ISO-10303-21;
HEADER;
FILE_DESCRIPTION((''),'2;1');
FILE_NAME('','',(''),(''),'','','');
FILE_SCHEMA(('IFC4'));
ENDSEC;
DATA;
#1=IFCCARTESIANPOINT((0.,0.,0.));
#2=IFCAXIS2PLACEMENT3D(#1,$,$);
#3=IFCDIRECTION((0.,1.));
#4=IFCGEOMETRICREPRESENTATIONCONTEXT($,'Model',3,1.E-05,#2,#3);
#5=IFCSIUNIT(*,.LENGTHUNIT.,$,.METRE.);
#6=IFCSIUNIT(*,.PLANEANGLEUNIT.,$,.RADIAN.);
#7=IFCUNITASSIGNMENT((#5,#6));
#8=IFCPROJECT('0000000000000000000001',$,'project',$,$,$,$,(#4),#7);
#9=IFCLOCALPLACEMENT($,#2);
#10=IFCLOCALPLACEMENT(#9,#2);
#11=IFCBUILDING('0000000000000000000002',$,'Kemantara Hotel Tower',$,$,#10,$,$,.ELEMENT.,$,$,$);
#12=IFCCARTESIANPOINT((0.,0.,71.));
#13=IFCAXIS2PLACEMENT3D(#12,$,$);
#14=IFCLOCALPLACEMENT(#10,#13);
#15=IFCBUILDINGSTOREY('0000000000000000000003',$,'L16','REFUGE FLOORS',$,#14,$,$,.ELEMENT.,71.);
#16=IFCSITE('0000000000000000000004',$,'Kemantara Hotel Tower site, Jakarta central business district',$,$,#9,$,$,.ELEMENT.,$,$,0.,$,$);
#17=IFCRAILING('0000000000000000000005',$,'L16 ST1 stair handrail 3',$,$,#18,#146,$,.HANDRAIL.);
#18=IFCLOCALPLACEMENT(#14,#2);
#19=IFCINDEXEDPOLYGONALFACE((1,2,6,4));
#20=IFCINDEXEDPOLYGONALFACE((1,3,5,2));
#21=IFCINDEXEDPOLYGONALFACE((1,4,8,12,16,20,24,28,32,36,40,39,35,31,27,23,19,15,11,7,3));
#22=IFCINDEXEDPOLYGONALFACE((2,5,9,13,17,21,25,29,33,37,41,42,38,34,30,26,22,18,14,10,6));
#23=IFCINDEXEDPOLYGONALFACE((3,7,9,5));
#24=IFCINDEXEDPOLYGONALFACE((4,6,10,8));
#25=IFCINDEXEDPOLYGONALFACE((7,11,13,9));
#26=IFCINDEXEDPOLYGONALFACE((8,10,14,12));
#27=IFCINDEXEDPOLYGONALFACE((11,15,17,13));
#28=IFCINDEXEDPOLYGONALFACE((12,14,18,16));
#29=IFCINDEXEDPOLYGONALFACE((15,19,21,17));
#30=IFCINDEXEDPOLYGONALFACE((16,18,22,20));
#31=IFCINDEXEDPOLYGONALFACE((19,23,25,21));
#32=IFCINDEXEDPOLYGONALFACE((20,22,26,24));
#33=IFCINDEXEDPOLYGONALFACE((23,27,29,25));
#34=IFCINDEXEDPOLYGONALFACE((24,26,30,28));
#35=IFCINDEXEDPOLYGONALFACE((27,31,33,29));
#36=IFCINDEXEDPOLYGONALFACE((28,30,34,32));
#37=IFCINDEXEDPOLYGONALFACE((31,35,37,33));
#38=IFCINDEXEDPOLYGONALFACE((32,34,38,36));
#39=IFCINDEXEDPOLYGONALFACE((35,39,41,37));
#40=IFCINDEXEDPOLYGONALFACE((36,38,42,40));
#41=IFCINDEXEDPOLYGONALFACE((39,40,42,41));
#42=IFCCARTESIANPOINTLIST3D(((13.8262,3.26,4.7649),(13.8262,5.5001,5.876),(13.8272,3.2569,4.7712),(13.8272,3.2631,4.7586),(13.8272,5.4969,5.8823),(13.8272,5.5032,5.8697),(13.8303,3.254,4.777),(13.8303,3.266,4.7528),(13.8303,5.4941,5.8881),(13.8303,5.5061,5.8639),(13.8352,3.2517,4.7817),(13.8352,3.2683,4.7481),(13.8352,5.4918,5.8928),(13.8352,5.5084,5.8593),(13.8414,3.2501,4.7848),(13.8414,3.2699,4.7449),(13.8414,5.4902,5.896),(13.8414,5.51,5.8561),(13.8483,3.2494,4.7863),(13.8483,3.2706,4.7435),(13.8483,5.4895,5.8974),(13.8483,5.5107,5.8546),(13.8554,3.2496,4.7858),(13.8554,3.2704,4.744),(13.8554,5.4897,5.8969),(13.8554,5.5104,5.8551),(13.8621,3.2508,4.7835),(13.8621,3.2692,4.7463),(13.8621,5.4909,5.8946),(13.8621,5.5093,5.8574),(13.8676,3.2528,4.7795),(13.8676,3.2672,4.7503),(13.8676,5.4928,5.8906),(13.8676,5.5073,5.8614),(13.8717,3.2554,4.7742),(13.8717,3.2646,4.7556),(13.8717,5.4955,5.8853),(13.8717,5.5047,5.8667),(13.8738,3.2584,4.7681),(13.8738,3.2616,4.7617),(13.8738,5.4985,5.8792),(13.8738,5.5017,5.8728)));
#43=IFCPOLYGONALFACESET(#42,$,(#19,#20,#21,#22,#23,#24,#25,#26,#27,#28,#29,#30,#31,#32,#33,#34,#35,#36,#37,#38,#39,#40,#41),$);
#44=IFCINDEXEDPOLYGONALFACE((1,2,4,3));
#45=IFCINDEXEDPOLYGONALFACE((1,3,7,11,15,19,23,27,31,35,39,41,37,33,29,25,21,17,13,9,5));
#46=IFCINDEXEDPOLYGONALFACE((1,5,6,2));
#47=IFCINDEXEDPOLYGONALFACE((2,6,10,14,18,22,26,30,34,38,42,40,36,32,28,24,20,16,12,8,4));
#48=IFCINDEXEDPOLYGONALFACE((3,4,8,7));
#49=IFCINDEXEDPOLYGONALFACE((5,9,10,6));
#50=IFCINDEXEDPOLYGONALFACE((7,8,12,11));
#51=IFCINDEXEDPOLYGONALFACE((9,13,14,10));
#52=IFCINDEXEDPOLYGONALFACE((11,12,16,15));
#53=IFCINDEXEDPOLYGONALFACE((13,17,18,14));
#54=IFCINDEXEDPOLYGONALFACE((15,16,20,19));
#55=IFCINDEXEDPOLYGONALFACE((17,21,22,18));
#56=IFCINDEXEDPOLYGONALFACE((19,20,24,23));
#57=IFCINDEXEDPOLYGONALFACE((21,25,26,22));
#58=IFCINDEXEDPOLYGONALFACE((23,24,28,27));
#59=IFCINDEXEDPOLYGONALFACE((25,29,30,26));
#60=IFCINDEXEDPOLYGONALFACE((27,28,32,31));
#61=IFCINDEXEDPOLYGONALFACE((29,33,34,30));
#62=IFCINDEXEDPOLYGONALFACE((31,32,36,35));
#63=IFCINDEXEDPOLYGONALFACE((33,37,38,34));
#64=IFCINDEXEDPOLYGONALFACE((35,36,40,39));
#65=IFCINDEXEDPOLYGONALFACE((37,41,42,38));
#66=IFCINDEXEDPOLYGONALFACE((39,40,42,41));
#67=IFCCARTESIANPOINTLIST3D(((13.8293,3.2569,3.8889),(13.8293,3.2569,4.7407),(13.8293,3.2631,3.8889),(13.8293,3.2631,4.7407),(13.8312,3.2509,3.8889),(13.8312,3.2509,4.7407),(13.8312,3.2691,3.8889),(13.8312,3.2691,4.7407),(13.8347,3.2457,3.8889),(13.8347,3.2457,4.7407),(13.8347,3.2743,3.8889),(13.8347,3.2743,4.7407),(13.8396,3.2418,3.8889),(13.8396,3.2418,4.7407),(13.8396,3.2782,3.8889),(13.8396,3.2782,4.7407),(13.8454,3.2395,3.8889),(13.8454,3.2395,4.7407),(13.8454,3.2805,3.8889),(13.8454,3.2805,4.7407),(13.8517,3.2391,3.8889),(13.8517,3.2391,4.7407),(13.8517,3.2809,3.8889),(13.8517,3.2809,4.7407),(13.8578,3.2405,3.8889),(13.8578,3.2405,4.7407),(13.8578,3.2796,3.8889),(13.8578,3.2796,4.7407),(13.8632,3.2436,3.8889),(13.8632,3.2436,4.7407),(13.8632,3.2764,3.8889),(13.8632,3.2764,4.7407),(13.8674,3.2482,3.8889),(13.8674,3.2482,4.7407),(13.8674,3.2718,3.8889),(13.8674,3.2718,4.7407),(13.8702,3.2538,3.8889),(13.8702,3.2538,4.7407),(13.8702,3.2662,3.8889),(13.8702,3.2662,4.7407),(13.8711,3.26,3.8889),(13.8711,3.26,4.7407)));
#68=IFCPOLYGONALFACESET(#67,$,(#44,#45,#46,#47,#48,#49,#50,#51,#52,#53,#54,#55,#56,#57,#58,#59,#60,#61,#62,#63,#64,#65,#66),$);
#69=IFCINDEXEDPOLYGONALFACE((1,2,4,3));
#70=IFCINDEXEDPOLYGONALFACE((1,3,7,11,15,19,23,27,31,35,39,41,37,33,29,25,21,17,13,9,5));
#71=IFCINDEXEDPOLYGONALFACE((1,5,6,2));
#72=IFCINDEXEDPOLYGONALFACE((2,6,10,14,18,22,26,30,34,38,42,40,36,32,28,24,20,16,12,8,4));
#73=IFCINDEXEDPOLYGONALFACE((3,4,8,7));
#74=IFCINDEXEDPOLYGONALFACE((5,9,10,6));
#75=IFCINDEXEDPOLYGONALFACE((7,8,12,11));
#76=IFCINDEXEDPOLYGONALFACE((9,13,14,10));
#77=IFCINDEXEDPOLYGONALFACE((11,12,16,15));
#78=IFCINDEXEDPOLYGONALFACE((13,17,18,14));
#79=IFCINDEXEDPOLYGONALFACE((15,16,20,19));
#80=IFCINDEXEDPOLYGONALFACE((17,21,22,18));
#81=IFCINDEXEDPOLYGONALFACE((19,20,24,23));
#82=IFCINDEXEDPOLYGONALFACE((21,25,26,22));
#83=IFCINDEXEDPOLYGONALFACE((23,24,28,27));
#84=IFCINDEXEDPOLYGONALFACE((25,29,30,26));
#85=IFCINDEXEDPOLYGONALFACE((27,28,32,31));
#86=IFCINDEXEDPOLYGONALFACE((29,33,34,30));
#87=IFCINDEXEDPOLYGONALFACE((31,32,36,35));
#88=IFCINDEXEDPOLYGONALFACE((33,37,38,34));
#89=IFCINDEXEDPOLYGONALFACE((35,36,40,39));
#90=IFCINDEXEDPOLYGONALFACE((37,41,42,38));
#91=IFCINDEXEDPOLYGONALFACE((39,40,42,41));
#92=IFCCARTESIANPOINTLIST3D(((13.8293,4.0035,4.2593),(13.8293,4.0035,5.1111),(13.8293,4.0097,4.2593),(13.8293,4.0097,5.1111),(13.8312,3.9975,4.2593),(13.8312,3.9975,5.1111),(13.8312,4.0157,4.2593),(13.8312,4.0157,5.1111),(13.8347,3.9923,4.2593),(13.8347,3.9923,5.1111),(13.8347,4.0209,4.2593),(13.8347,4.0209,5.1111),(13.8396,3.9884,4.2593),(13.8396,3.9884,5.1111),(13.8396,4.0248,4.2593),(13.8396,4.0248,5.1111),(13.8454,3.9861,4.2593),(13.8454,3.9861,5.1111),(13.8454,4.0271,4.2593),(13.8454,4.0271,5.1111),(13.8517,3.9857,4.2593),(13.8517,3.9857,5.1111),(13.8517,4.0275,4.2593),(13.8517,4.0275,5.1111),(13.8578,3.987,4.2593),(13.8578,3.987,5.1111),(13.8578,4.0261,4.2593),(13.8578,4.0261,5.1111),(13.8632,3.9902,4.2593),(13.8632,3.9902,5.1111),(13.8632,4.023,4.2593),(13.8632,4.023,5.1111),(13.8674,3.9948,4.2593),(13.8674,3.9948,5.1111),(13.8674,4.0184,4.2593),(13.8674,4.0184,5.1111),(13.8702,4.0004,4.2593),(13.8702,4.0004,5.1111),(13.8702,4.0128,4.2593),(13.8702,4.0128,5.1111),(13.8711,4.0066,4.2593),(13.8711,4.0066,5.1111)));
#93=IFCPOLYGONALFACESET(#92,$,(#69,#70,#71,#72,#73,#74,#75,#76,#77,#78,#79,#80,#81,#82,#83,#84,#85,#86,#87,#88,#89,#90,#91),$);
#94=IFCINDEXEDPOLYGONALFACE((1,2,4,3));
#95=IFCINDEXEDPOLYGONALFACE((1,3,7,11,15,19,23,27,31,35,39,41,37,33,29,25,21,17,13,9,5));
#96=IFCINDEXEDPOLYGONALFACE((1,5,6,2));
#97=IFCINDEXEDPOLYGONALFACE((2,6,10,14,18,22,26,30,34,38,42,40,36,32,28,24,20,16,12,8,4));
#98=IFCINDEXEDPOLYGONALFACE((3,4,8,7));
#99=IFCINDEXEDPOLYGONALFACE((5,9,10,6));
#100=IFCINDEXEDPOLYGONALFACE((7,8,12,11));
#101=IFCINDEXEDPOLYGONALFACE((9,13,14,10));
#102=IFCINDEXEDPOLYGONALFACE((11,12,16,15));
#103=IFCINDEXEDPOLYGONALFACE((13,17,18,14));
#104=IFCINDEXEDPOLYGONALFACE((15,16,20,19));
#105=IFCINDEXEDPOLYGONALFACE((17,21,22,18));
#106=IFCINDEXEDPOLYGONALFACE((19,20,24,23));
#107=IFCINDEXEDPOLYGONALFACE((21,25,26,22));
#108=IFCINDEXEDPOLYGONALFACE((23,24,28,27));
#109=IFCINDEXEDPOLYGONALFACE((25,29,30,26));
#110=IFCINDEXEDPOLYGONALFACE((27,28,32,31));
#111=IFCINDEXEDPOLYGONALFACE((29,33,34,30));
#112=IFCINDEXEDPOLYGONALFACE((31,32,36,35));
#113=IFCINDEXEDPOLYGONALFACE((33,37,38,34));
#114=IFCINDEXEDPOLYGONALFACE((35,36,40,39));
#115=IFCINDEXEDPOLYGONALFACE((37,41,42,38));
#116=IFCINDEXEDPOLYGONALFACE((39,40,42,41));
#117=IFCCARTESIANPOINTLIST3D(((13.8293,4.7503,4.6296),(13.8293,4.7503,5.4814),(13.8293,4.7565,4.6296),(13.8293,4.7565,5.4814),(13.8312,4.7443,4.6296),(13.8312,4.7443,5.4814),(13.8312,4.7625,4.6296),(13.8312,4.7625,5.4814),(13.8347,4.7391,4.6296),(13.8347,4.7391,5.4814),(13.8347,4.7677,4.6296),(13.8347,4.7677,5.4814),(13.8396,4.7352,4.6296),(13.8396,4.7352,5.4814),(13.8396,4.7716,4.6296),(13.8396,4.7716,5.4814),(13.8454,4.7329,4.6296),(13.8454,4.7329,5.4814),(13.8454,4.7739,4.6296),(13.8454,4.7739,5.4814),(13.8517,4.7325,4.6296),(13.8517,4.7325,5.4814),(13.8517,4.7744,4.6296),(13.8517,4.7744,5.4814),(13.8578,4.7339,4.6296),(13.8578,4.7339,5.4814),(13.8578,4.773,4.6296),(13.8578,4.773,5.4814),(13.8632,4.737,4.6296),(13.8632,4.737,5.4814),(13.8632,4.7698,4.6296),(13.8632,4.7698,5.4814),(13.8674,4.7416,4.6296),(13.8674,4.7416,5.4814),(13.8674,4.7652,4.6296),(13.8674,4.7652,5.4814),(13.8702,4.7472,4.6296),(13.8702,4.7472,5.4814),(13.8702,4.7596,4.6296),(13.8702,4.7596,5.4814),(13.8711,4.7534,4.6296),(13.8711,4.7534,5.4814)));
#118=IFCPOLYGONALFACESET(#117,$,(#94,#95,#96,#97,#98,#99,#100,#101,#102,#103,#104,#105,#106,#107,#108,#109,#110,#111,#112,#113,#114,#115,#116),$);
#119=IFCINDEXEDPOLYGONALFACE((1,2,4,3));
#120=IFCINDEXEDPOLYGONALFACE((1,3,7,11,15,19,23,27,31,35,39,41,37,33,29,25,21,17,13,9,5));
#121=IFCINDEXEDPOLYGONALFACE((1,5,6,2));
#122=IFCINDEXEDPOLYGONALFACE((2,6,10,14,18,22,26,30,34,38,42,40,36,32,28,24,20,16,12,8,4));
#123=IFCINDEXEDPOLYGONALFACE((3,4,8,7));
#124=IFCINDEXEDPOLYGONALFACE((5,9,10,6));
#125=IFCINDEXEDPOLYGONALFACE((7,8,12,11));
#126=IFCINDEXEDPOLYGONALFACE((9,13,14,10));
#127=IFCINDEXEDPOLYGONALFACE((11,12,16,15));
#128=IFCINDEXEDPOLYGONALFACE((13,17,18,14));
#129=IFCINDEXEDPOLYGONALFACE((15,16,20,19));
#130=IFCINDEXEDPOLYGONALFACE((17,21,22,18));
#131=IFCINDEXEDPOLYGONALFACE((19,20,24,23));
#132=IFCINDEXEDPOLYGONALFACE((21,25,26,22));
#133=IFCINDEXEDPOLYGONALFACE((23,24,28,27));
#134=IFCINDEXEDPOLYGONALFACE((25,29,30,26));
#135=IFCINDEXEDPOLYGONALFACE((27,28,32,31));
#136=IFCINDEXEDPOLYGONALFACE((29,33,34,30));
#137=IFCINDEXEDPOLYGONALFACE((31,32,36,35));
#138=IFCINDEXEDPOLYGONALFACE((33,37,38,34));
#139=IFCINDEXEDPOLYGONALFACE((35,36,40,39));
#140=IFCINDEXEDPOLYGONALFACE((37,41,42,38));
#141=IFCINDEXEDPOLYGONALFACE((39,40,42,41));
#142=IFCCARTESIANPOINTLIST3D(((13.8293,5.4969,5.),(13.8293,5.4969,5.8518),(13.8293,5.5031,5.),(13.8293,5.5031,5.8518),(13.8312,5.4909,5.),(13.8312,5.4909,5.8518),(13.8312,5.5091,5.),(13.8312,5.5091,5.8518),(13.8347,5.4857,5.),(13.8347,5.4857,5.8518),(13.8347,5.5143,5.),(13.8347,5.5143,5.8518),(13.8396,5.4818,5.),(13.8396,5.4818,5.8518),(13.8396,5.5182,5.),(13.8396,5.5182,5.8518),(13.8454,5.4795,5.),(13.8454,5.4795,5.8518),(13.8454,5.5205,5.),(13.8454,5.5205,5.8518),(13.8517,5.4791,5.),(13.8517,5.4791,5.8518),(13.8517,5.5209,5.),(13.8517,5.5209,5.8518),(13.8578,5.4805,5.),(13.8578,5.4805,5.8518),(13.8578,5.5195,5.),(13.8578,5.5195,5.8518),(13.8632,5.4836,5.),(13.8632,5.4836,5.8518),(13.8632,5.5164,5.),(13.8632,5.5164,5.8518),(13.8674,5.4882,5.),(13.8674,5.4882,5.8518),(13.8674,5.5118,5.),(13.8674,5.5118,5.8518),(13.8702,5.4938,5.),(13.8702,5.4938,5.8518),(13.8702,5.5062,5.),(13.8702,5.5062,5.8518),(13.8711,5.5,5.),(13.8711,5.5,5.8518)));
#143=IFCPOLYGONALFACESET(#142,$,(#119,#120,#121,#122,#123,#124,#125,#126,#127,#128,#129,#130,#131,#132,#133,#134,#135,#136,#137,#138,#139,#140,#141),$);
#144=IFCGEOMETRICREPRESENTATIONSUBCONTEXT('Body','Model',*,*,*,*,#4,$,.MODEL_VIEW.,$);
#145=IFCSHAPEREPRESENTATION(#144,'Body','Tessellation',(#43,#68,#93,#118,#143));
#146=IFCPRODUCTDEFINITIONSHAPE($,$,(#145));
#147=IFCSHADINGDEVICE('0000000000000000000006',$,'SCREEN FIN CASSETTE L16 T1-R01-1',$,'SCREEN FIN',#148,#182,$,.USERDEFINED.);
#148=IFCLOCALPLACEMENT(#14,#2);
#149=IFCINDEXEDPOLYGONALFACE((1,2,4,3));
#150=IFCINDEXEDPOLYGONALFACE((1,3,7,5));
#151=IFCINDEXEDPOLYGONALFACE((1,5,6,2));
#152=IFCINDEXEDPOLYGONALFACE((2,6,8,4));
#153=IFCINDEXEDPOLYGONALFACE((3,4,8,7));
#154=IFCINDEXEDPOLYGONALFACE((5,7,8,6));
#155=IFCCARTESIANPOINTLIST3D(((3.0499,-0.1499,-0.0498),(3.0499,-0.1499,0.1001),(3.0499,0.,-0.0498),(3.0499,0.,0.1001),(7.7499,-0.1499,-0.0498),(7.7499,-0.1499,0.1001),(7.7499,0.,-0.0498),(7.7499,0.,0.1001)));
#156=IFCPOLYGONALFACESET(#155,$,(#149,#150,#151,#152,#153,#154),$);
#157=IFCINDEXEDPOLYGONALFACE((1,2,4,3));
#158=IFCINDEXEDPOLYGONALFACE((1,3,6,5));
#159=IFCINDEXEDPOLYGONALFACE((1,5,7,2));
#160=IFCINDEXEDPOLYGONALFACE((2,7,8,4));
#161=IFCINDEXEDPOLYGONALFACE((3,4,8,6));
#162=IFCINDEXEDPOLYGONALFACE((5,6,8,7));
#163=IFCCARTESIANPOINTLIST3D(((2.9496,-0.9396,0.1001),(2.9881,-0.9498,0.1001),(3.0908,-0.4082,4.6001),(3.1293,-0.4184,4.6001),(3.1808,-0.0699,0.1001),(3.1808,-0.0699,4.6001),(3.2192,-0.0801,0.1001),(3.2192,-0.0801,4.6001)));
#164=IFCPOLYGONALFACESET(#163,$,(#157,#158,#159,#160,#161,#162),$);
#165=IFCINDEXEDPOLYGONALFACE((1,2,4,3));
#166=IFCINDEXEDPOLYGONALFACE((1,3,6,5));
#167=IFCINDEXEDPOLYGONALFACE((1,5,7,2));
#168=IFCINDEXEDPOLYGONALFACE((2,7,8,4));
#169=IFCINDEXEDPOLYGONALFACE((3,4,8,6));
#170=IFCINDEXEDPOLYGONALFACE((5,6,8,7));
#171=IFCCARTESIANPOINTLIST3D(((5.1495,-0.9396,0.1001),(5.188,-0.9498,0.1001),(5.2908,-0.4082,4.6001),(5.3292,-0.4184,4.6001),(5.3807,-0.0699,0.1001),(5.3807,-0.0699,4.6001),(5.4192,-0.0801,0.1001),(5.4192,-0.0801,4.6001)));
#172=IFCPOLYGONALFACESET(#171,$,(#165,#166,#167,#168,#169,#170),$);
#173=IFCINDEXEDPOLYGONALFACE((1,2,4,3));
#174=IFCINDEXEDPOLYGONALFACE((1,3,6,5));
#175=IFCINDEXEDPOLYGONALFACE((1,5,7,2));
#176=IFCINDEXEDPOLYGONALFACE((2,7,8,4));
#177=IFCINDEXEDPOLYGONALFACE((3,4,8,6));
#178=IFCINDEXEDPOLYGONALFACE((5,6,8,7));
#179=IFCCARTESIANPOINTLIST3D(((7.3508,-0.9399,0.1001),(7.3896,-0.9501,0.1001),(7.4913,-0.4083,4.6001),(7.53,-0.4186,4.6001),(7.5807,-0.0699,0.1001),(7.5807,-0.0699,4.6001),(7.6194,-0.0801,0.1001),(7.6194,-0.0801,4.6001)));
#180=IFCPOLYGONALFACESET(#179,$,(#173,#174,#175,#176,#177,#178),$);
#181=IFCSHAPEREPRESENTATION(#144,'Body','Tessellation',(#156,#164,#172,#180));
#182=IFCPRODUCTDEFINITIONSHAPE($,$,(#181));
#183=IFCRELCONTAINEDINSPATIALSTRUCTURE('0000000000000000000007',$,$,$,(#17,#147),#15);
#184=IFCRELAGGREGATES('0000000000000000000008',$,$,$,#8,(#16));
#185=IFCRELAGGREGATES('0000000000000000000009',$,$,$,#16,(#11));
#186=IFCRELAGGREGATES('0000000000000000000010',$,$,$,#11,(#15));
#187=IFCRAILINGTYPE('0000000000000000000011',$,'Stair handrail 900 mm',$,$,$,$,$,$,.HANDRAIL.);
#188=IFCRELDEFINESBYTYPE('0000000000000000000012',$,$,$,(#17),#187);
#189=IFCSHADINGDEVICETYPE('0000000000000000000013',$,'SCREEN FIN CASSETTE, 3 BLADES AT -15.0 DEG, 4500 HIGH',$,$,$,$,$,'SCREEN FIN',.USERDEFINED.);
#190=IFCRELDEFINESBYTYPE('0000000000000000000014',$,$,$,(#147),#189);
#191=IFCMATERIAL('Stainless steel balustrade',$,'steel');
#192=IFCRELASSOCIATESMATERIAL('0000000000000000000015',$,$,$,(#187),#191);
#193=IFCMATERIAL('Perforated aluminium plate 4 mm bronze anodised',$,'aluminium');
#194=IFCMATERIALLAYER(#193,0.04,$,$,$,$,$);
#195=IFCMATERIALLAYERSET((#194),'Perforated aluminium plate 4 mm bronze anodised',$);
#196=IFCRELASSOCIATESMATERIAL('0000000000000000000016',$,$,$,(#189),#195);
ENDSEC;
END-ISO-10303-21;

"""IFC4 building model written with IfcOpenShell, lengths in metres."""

from ifc_helpers import new_model, si_unit, direction, frame, origin, origin_2d, place, context, subcontext, project, spatial, polyline, rectangle, circle, outline, extrude, source, transform, mapped, material, layer, layer_set, type_object, element, save


model = new_model("IFC4")

# Units and contexts
model_context = context("Model", 3, precision=1e-05, world=origin(), true_north=direction((0.0, 1.0)))
body_context = subcontext(model_context, "Body", "Model", "MODEL_VIEW")
ifc_project = project(units=[si_unit("LENGTHUNIT", "METRE"), si_unit("PLANEANGLEUNIT", "RADIAN")], contexts=[model_context])

# Site, building, storey
site_placement = place(None, origin())
site = spatial("IfcSite", under=ifc_project, at=site_placement, Name="Kemantara Hotel Tower site, Jakarta central business district", CompositionType="ELEMENT", RefElevation=0.0)
building_placement = place(site_placement, origin())
building = spatial("IfcBuilding", under=site, at=building_placement, Name="Kemantara Hotel Tower", CompositionType="ELEMENT")
storey_placement = place(building_placement, frame((0.0, 0.0, 71.0)))
storey = spatial("IfcBuildingStorey", under=building, at=storey_placement, Name="L16", Description="REFUGE FLOORS", CompositionType="ELEMENT", Elevation=71.0)

# Railing
ifc_material_1 = material(Name="Stainless steel balustrade", Category="steel")
railing_type_1 = type_object("IfcRailingType", Name="Stair handrail 900 mm", PredefinedType="HANDRAIL", material=ifc_material_1)
railing_1_placement = place(storey_placement, frame((13.8501, 3.26, 3.8889)))
element("IfcRailing", 1, at=railing_1_placement, inside=storey, type_object=railing_type_1, Name="L16 ST1 stair handrail 3", PredefinedType="HANDRAIL", context=body_context, shape_type="SweptSolid", body=[
    extrude(circle(Radius=0.0239, at=origin_2d()), frame((0.0, 0.0, 0.876), z_axis=(0.0, 0.895848, 0.44436), x_axis=(-1.0, 0.0, 0.0)), (0.0, 0.0, 1.0), 2.5005),
    extrude(circle(Radius=0.021, at=origin_2d()), origin(), (0.0, 0.0, 1.0), 0.8518),
    extrude(circle(Radius=0.021, at=origin_2d()), frame((0.0, 0.7466, 0.3704)), (0.0, 0.0, 1.0), 0.8518),
    extrude(circle(Radius=0.021, at=origin_2d()), frame((0.0, 1.4934, 0.7407)), (0.0, 0.0, 1.0), 0.8518),
    extrude(circle(Radius=0.021, at=origin_2d()), frame((0.0, 2.24, 1.1111)), (0.0, 0.0, 1.0), 0.8518),
])

# Shading device
ifc_material_2 = material(Name="Perforated aluminium plate 4 mm bronze anodised", Category="aluminium")
ifc_layer_1 = layer(ifc_material_2, 0.04)
ifc_layer_set_1 = layer_set([ifc_layer_1], Name="Perforated aluminium plate 4 mm bronze anodised")
shading_device_type_1 = type_object("IfcShadingDeviceType", Name="SCREEN FIN CASSETTE, 3 BLADES AT -15.0 DEG, 4500 HIGH", ElementType="SCREEN FIN", PredefinedType="USERDEFINED", material=ifc_layer_set_1)
shared_shape_1 = source(origin(), body_context, "Body", "SweptSolid", [
    extrude(rectangle(XDim=4.7, YDim=0.1499, at=origin_2d()), frame((2.2, -0.075, -0.1499), z_axis=(0.0, 0.0, 1.0), x_axis=(1.0, 0.0, 0.0)), (0.0, 0.0, 1.0), 0.1499),
    extrude(outline(polyline([(0.0, 0.0), (0.8999, 0.0), (0.3501, 4.5), (0.0, 4.5), (0.0, 0.0)])), frame((0.0193, -0.0801, 0.0), z_axis=(-0.966438, 0.256901, 0.0), x_axis=(-0.256901, -0.966438, 0.0)), (0.0, 0.0, 1.0), 0.0398),
    extrude(outline(polyline([(0.0, 0.0), (0.8999, 0.0), (0.3501, 4.5), (0.0, 4.5), (0.0, 0.0)])), frame((2.2192, -0.0801, 0.0), z_axis=(-0.966438, 0.256901, 0.0), x_axis=(-0.256901, -0.966438, 0.0)), (0.0, 0.0, 1.0), 0.0398),
    extrude(outline(polyline([(0.0, 0.0), (0.8999, 0.0), (0.3501, 4.5), (0.0, 4.5), (0.0, 0.0)])), frame((4.4194, -0.0801, 0.0), z_axis=(-0.966838, 0.255391, 0.0), x_axis=(-0.255391, -0.966838, 0.0)), (0.0, 0.0, 1.0), 0.04),
])
shading_device_1_placement = place(storey_placement, frame((3.2, 0.0, 0.1001), z_axis=(0.0, 0.0, 1.0), x_axis=(1.0, 0.0, 0.0)))
element("IfcShadingDevice", 2, at=shading_device_1_placement, inside=storey, type_object=shading_device_type_1, Name="SCREEN FIN CASSETTE L16 T1-R01-1", ObjectType="SCREEN FIN", PredefinedType="USERDEFINED", context=body_context, shape_type="MappedRepresentation", body=[
    mapped(shared_shape_1, transform((0.0, 0.0, 0.0))),
])

save(model, "model.ifc")
